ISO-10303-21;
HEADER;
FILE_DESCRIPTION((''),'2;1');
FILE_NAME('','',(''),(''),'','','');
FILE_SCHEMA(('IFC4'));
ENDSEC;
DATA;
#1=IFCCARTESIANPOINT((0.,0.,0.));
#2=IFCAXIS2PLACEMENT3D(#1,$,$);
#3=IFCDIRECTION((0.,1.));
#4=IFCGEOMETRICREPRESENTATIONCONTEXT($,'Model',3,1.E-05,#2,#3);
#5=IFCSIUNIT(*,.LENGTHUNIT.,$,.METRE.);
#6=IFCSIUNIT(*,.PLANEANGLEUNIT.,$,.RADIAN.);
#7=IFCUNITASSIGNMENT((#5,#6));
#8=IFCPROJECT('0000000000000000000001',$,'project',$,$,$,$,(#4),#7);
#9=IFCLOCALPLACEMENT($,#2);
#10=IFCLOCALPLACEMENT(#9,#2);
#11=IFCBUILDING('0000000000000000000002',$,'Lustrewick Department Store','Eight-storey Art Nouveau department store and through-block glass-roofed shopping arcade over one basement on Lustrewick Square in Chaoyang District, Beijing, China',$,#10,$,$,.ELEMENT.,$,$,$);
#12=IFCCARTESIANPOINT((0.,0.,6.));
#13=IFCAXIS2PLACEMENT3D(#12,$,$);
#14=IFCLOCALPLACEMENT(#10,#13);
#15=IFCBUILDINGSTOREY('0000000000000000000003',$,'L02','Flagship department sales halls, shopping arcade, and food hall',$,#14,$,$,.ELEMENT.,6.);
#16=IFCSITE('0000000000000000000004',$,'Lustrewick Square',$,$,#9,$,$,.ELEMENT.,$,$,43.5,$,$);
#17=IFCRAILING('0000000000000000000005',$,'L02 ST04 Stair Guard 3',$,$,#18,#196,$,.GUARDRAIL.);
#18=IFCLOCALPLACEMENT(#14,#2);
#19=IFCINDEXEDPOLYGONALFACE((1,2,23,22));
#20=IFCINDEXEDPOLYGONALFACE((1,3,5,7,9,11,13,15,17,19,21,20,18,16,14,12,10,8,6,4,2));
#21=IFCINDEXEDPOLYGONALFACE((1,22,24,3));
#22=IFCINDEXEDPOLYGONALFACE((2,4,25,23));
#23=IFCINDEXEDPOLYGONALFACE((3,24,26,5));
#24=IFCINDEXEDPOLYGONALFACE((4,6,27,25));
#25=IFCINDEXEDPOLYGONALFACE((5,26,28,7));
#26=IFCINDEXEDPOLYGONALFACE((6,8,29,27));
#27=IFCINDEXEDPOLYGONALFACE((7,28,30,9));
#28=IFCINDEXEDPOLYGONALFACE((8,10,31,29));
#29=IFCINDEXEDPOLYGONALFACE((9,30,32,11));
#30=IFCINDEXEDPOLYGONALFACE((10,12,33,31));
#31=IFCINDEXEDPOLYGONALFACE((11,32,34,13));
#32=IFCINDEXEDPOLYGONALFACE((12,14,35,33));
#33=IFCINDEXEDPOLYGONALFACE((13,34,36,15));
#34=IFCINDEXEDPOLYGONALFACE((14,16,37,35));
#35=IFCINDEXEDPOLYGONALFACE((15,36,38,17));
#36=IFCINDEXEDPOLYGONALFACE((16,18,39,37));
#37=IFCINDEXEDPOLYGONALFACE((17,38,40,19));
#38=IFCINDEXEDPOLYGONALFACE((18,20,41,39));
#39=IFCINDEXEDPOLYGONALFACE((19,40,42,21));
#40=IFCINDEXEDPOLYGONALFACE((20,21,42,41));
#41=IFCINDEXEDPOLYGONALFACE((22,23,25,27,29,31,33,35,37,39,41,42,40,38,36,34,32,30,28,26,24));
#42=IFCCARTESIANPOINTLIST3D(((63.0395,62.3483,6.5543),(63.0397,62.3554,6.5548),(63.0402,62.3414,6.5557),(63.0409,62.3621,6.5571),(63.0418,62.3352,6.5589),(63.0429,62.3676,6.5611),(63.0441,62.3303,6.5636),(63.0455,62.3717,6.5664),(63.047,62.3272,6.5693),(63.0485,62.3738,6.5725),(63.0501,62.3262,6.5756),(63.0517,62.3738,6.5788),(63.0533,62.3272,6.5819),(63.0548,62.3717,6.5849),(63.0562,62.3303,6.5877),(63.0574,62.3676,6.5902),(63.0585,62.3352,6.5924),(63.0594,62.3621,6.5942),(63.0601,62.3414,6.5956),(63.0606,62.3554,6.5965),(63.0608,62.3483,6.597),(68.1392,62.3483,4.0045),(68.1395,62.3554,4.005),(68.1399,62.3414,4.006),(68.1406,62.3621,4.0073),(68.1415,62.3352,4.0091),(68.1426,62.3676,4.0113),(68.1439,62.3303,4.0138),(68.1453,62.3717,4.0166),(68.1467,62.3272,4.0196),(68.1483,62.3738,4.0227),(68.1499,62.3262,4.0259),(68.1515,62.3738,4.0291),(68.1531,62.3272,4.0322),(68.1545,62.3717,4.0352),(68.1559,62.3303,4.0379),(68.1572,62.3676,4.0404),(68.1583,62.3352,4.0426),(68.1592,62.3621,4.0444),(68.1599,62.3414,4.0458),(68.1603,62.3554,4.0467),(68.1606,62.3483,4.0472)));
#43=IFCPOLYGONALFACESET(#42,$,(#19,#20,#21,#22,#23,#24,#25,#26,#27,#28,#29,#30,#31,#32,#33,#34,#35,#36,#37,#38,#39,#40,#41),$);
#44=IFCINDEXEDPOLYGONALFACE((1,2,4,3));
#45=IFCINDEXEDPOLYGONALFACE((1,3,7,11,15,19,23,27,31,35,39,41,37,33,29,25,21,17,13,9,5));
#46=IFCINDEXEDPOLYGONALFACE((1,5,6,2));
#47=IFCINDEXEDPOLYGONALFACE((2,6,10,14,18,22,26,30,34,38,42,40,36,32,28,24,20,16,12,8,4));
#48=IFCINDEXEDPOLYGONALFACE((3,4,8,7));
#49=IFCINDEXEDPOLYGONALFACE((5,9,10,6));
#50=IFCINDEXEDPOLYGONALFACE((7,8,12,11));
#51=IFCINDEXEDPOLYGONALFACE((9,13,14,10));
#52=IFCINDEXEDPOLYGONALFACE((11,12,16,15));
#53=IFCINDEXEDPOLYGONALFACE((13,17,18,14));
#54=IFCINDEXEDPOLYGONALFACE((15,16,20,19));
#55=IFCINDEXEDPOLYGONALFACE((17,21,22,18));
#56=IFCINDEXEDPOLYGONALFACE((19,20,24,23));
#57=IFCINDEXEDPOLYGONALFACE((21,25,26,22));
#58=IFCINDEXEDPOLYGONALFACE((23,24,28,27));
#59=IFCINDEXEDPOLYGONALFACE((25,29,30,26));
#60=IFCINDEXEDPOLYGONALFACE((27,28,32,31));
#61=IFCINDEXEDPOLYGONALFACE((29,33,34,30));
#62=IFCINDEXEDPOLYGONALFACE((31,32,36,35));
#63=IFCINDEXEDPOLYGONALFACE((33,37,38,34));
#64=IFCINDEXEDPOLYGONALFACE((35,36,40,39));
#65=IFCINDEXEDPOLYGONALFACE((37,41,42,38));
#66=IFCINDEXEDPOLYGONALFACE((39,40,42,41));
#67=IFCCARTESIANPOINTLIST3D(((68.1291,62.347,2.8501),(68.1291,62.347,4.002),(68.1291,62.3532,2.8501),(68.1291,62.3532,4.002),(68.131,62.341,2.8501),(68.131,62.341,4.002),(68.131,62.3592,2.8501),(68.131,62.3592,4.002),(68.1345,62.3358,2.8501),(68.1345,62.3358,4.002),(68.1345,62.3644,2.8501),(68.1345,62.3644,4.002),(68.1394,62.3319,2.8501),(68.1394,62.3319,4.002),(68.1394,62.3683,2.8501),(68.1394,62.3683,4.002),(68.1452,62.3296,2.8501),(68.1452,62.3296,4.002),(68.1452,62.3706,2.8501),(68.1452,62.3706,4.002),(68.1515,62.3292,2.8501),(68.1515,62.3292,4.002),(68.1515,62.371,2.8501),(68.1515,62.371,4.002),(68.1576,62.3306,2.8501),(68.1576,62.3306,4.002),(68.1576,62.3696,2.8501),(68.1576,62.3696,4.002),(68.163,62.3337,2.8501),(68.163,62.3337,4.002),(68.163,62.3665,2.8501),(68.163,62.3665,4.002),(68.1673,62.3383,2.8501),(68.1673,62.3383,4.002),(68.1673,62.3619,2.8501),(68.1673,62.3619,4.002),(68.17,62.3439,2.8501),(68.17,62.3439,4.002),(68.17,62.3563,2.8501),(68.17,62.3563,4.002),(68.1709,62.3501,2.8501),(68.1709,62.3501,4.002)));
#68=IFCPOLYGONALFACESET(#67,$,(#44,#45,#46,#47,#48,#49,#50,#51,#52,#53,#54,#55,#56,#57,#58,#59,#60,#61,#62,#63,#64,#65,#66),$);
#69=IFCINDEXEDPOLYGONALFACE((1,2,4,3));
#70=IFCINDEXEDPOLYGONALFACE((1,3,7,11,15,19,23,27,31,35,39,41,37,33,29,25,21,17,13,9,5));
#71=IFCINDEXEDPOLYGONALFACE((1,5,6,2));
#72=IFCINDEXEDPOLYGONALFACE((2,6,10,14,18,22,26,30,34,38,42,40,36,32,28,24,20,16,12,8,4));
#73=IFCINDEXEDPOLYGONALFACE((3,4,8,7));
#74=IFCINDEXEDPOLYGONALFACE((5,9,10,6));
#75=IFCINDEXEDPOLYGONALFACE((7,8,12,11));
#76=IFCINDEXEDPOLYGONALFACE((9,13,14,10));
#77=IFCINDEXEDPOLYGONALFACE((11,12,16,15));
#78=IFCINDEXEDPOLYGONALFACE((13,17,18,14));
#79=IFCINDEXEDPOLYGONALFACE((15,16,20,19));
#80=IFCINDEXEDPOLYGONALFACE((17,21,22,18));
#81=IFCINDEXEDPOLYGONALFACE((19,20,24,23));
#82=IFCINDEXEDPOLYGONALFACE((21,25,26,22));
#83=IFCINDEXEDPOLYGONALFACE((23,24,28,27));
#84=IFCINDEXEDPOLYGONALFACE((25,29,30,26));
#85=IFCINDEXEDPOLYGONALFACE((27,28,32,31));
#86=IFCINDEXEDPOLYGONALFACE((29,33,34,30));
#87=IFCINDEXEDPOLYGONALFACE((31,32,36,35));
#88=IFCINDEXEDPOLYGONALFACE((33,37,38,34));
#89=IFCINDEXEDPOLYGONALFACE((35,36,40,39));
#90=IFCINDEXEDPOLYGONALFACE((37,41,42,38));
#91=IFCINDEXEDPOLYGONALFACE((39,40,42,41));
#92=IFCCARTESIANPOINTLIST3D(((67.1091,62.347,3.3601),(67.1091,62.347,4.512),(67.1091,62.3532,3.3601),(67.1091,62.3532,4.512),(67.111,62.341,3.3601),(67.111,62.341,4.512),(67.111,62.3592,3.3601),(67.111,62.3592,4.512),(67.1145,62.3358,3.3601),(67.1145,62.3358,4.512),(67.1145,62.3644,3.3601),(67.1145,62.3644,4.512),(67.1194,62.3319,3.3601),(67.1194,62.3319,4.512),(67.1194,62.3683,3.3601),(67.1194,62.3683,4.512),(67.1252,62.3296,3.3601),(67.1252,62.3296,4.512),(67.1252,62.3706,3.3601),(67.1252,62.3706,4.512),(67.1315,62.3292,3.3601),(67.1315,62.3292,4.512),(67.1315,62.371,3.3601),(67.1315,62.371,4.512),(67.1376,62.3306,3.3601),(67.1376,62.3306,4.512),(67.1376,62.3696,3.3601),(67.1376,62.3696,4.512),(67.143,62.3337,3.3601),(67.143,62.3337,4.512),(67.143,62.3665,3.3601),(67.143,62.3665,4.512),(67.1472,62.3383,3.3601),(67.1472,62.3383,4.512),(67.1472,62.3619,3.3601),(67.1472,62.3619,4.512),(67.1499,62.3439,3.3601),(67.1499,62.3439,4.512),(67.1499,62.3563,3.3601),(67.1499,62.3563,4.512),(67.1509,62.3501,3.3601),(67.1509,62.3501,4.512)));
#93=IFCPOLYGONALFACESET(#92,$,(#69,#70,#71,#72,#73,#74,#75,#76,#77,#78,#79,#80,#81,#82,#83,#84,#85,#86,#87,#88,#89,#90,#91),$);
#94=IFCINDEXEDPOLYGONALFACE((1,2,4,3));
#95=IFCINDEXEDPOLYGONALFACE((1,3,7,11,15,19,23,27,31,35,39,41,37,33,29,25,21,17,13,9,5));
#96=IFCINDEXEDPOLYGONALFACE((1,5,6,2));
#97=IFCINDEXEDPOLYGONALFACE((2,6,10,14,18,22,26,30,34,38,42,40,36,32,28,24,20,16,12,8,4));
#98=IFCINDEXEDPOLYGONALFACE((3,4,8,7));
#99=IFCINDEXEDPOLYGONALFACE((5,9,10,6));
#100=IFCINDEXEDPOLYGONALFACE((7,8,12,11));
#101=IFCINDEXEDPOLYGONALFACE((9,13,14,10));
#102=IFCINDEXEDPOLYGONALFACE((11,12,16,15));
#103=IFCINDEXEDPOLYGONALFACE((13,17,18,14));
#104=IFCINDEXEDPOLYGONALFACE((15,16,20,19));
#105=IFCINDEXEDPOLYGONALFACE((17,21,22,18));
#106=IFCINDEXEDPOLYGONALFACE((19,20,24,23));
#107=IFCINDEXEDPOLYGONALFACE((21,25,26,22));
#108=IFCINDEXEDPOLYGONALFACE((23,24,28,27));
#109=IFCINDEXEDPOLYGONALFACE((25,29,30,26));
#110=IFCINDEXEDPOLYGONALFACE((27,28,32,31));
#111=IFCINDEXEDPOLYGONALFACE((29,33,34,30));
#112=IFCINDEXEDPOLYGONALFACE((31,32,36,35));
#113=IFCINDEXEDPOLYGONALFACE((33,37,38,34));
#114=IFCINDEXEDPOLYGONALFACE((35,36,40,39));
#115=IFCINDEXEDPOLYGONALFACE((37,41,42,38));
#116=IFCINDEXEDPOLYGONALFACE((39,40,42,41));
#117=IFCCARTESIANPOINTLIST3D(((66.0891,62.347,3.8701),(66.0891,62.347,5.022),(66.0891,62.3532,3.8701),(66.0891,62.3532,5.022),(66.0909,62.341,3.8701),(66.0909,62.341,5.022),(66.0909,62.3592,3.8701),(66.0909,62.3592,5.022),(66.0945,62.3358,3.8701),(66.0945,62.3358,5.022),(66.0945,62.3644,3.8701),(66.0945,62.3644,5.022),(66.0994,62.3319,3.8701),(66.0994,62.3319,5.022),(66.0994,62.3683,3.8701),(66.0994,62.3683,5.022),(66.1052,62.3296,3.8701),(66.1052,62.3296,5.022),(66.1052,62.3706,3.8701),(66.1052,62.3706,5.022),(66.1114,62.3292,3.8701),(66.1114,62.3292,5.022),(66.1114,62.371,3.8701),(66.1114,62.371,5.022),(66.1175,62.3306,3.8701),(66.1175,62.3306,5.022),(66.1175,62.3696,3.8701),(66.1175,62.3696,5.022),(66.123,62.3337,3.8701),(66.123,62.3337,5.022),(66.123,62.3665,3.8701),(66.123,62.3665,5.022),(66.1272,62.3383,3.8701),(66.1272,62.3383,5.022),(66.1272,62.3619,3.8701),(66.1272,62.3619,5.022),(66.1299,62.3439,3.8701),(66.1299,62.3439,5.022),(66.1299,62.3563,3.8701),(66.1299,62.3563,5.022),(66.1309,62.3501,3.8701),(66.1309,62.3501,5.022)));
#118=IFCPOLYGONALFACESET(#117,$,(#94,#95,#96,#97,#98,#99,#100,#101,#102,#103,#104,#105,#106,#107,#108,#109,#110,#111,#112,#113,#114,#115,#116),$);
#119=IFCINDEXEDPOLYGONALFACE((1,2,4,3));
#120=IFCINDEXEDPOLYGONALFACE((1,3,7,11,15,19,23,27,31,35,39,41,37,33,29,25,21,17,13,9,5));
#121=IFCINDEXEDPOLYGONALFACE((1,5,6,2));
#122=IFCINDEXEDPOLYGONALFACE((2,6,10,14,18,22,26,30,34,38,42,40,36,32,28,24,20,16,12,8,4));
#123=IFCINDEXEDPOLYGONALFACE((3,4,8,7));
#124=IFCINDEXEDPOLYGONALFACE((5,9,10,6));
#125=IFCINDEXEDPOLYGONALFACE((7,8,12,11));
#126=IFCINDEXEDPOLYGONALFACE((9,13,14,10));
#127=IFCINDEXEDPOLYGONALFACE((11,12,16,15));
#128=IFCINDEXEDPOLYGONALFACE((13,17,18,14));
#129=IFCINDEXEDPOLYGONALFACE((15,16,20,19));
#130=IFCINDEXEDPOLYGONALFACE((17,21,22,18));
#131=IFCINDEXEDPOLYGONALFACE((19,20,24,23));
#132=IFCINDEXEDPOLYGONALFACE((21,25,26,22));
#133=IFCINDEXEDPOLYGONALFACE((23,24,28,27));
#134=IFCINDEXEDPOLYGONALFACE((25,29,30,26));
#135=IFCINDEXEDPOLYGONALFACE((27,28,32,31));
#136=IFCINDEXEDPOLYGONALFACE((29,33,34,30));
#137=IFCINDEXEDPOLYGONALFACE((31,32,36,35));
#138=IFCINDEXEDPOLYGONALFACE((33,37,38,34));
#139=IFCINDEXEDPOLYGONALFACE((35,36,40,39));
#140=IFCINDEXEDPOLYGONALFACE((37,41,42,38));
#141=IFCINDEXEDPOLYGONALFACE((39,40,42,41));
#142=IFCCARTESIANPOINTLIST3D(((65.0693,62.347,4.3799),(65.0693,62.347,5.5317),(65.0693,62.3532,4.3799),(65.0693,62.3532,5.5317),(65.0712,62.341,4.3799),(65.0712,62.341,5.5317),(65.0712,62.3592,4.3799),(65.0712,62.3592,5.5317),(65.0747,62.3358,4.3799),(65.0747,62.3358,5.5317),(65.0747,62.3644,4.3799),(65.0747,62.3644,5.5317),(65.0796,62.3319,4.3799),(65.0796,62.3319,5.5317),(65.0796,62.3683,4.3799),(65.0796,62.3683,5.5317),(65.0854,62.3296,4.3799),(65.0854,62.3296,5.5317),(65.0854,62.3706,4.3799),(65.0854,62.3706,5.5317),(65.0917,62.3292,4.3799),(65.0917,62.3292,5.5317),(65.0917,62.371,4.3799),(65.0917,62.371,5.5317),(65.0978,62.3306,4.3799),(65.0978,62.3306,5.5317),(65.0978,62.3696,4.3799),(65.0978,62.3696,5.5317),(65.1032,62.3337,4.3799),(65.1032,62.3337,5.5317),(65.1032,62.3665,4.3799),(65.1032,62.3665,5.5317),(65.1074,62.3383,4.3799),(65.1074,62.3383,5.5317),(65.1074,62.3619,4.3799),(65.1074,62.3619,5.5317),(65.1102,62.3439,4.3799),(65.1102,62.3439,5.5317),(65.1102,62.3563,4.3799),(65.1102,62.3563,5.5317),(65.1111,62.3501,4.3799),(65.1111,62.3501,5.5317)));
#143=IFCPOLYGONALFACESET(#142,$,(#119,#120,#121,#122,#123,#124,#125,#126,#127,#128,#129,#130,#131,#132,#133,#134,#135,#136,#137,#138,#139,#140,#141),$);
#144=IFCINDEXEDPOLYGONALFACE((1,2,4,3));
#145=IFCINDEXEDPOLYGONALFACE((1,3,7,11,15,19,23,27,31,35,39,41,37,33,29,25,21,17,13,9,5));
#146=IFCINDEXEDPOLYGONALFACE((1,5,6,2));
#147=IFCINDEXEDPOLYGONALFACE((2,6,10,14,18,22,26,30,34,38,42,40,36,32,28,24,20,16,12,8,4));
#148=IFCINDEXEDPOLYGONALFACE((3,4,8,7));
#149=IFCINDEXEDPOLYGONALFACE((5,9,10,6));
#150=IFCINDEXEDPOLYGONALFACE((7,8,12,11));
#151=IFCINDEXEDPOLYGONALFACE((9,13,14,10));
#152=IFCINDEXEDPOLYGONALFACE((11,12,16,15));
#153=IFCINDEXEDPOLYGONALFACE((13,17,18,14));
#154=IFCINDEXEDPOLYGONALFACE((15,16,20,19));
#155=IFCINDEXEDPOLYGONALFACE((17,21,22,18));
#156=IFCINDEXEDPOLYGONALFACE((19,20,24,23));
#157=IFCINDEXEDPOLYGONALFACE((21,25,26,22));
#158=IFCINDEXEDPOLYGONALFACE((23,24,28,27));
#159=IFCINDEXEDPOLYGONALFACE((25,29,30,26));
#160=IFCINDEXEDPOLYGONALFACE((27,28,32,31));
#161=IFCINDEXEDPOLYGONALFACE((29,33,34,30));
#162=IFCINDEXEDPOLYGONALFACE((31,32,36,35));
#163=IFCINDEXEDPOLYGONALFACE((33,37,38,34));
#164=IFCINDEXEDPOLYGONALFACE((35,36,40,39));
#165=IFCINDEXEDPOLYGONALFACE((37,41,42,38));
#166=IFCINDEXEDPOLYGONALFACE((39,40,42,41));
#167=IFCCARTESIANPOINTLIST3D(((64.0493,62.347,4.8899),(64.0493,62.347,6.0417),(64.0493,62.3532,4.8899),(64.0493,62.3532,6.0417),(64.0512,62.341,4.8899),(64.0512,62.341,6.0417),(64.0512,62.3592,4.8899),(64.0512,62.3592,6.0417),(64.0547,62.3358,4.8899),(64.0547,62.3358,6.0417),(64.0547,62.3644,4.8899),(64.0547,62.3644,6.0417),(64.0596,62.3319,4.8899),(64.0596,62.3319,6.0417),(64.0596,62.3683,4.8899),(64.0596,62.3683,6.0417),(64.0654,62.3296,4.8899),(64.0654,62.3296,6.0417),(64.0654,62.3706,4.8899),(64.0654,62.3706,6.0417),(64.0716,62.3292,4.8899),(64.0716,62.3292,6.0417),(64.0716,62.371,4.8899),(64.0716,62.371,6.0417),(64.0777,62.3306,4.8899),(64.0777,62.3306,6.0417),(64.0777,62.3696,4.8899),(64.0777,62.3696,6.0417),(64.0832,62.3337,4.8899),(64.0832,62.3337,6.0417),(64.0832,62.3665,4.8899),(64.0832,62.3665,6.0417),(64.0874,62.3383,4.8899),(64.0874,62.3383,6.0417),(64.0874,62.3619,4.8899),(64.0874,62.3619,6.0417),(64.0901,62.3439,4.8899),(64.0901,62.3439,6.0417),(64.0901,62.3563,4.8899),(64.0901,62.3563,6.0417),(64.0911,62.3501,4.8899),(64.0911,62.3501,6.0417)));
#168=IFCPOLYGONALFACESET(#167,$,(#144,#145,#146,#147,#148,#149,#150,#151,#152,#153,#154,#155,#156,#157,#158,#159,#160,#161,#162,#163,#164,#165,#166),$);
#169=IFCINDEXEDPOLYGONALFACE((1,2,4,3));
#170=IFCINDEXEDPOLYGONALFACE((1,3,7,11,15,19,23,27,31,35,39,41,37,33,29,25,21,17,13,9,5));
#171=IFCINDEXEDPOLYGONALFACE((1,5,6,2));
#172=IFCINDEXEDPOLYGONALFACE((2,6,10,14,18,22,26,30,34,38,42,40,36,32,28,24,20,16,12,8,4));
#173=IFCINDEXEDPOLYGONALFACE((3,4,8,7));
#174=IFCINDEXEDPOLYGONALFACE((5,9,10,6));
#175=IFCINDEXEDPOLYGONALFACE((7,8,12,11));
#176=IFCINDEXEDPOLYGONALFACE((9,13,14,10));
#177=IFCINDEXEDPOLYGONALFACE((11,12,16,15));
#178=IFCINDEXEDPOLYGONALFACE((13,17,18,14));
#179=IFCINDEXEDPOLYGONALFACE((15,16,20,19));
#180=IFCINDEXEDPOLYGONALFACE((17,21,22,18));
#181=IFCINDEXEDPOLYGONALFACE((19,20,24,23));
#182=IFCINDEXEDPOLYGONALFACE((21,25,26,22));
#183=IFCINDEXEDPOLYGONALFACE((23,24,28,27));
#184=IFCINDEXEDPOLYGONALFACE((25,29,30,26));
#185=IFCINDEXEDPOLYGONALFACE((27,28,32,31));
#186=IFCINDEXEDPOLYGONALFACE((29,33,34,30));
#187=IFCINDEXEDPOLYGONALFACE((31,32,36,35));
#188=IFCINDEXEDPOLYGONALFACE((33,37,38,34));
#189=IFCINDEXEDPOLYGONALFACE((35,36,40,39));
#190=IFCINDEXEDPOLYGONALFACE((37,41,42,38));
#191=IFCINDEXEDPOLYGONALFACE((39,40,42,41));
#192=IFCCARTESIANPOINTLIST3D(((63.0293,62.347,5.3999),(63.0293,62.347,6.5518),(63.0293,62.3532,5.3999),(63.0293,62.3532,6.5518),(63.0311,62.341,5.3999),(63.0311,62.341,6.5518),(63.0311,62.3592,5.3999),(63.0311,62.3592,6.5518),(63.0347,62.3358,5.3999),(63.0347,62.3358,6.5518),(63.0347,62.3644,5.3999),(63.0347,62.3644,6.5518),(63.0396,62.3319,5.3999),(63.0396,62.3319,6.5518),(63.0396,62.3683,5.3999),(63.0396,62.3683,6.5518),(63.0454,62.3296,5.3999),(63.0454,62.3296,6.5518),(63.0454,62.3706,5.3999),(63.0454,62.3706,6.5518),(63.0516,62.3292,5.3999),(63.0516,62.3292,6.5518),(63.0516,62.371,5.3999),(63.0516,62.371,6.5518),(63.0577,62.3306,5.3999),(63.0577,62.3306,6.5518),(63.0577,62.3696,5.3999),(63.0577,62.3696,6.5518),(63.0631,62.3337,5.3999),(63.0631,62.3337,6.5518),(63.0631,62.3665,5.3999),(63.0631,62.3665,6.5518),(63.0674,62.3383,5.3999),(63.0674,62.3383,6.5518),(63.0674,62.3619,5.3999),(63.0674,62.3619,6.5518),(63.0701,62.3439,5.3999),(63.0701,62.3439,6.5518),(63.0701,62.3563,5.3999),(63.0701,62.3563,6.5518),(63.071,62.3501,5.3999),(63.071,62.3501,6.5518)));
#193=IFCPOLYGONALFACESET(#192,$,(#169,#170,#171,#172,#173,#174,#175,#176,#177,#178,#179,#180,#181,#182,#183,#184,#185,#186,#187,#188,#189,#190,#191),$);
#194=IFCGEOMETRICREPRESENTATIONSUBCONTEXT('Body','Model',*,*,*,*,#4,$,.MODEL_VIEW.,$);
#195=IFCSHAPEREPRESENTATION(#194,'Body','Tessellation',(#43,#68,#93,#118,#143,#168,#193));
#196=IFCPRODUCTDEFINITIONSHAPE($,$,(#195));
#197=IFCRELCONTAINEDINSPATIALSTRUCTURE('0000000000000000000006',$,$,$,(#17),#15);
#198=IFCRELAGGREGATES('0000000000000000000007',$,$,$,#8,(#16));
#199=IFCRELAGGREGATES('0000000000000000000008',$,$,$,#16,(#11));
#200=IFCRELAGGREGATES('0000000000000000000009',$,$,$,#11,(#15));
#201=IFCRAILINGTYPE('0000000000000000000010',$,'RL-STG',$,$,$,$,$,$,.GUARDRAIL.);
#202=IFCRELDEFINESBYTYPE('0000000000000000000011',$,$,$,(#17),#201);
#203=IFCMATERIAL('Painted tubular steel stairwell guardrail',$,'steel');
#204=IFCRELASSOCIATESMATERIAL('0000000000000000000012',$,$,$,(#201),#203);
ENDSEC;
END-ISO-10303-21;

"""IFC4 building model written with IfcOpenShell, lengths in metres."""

from ifc_helpers import new_model, si_unit, direction, frame, origin, origin_2d, place, context, subcontext, project, spatial, circle, extrude, material, type_object, element, save


model = new_model("IFC4")

# Units and contexts
model_context = context("Model", 3, precision=1e-05, world=origin(), true_north=direction((0.0, 1.0)))
body_context = subcontext(model_context, "Body", "Model", "MODEL_VIEW")
ifc_project = project(units=[si_unit("LENGTHUNIT", "METRE"), si_unit("PLANEANGLEUNIT", "RADIAN")], contexts=[model_context])

# Site, building, storey
site_placement = place(None, origin())
site = spatial("IfcSite", under=ifc_project, at=site_placement, Name="Lustrewick Square", CompositionType="ELEMENT", RefElevation=43.5)
building_placement = place(site_placement, origin())
building = spatial("IfcBuilding", under=site, at=building_placement, Name="Lustrewick Department Store", Description="Eight-storey Art Nouveau department store and through-block glass-roofed shopping arcade over one basement on Lustrewick Square in Chaoyang District, Beijing, China", CompositionType="ELEMENT")
storey_placement = place(building_placement, frame((0.0, 0.0, 6.0)))
storey = spatial("IfcBuildingStorey", under=building, at=storey_placement, Name="L02", Description="Flagship department sales halls, shopping arcade, and food hall", CompositionType="ELEMENT", Elevation=6.0)

# Railing
ifc_material_1 = material(Name="Painted tubular steel stairwell guardrail", Category="steel")
railing_type_1 = type_object("IfcRailingType", Name="RL-STG", PredefinedType="GUARDRAIL", material=ifc_material_1)
railing_1_placement = place(storey_placement, frame((68.1499, 62.3501, 2.8501)))
element("IfcRailing", 1, at=railing_1_placement, inside=storey, type_object=railing_type_1, Name="L02 ST04 Stair Guard 3", PredefinedType="GUARDRAIL", context=body_context, shape_type="SweptSolid", body=[
    extrude(circle(Radius=0.0239, at=origin_2d()), frame((0.0, 0.0, 1.1758), z_axis=(-0.894436, 0.0, 0.447196), x_axis=(0.0, -1.0, 0.0)), (0.0, 0.0, 1.0), 5.7017),
    extrude(circle(Radius=0.021, at=origin_2d()), origin(), (0.0, 0.0, 1.0), 1.1519),
    extrude(circle(Radius=0.021, at=origin_2d()), frame((-1.02, 0.0, 0.51)), (0.0, 0.0, 1.0), 1.1519),
    extrude(circle(Radius=0.021, at=origin_2d()), frame((-2.04, 0.0, 1.02)), (0.0, 0.0, 1.0), 1.1519),
    extrude(circle(Radius=0.021, at=origin_2d()), frame((-3.0598, 0.0, 1.5298)), (0.0, 0.0, 1.0), 1.1519),
    extrude(circle(Radius=0.021, at=origin_2d()), frame((-4.0798, 0.0, 2.0398)), (0.0, 0.0, 1.0), 1.1519),
    extrude(circle(Radius=0.021, at=origin_2d()), frame((-5.0999, 0.0, 2.5498)), (0.0, 0.0, 1.0), 1.1519),
])

save(model, "model.ifc")
